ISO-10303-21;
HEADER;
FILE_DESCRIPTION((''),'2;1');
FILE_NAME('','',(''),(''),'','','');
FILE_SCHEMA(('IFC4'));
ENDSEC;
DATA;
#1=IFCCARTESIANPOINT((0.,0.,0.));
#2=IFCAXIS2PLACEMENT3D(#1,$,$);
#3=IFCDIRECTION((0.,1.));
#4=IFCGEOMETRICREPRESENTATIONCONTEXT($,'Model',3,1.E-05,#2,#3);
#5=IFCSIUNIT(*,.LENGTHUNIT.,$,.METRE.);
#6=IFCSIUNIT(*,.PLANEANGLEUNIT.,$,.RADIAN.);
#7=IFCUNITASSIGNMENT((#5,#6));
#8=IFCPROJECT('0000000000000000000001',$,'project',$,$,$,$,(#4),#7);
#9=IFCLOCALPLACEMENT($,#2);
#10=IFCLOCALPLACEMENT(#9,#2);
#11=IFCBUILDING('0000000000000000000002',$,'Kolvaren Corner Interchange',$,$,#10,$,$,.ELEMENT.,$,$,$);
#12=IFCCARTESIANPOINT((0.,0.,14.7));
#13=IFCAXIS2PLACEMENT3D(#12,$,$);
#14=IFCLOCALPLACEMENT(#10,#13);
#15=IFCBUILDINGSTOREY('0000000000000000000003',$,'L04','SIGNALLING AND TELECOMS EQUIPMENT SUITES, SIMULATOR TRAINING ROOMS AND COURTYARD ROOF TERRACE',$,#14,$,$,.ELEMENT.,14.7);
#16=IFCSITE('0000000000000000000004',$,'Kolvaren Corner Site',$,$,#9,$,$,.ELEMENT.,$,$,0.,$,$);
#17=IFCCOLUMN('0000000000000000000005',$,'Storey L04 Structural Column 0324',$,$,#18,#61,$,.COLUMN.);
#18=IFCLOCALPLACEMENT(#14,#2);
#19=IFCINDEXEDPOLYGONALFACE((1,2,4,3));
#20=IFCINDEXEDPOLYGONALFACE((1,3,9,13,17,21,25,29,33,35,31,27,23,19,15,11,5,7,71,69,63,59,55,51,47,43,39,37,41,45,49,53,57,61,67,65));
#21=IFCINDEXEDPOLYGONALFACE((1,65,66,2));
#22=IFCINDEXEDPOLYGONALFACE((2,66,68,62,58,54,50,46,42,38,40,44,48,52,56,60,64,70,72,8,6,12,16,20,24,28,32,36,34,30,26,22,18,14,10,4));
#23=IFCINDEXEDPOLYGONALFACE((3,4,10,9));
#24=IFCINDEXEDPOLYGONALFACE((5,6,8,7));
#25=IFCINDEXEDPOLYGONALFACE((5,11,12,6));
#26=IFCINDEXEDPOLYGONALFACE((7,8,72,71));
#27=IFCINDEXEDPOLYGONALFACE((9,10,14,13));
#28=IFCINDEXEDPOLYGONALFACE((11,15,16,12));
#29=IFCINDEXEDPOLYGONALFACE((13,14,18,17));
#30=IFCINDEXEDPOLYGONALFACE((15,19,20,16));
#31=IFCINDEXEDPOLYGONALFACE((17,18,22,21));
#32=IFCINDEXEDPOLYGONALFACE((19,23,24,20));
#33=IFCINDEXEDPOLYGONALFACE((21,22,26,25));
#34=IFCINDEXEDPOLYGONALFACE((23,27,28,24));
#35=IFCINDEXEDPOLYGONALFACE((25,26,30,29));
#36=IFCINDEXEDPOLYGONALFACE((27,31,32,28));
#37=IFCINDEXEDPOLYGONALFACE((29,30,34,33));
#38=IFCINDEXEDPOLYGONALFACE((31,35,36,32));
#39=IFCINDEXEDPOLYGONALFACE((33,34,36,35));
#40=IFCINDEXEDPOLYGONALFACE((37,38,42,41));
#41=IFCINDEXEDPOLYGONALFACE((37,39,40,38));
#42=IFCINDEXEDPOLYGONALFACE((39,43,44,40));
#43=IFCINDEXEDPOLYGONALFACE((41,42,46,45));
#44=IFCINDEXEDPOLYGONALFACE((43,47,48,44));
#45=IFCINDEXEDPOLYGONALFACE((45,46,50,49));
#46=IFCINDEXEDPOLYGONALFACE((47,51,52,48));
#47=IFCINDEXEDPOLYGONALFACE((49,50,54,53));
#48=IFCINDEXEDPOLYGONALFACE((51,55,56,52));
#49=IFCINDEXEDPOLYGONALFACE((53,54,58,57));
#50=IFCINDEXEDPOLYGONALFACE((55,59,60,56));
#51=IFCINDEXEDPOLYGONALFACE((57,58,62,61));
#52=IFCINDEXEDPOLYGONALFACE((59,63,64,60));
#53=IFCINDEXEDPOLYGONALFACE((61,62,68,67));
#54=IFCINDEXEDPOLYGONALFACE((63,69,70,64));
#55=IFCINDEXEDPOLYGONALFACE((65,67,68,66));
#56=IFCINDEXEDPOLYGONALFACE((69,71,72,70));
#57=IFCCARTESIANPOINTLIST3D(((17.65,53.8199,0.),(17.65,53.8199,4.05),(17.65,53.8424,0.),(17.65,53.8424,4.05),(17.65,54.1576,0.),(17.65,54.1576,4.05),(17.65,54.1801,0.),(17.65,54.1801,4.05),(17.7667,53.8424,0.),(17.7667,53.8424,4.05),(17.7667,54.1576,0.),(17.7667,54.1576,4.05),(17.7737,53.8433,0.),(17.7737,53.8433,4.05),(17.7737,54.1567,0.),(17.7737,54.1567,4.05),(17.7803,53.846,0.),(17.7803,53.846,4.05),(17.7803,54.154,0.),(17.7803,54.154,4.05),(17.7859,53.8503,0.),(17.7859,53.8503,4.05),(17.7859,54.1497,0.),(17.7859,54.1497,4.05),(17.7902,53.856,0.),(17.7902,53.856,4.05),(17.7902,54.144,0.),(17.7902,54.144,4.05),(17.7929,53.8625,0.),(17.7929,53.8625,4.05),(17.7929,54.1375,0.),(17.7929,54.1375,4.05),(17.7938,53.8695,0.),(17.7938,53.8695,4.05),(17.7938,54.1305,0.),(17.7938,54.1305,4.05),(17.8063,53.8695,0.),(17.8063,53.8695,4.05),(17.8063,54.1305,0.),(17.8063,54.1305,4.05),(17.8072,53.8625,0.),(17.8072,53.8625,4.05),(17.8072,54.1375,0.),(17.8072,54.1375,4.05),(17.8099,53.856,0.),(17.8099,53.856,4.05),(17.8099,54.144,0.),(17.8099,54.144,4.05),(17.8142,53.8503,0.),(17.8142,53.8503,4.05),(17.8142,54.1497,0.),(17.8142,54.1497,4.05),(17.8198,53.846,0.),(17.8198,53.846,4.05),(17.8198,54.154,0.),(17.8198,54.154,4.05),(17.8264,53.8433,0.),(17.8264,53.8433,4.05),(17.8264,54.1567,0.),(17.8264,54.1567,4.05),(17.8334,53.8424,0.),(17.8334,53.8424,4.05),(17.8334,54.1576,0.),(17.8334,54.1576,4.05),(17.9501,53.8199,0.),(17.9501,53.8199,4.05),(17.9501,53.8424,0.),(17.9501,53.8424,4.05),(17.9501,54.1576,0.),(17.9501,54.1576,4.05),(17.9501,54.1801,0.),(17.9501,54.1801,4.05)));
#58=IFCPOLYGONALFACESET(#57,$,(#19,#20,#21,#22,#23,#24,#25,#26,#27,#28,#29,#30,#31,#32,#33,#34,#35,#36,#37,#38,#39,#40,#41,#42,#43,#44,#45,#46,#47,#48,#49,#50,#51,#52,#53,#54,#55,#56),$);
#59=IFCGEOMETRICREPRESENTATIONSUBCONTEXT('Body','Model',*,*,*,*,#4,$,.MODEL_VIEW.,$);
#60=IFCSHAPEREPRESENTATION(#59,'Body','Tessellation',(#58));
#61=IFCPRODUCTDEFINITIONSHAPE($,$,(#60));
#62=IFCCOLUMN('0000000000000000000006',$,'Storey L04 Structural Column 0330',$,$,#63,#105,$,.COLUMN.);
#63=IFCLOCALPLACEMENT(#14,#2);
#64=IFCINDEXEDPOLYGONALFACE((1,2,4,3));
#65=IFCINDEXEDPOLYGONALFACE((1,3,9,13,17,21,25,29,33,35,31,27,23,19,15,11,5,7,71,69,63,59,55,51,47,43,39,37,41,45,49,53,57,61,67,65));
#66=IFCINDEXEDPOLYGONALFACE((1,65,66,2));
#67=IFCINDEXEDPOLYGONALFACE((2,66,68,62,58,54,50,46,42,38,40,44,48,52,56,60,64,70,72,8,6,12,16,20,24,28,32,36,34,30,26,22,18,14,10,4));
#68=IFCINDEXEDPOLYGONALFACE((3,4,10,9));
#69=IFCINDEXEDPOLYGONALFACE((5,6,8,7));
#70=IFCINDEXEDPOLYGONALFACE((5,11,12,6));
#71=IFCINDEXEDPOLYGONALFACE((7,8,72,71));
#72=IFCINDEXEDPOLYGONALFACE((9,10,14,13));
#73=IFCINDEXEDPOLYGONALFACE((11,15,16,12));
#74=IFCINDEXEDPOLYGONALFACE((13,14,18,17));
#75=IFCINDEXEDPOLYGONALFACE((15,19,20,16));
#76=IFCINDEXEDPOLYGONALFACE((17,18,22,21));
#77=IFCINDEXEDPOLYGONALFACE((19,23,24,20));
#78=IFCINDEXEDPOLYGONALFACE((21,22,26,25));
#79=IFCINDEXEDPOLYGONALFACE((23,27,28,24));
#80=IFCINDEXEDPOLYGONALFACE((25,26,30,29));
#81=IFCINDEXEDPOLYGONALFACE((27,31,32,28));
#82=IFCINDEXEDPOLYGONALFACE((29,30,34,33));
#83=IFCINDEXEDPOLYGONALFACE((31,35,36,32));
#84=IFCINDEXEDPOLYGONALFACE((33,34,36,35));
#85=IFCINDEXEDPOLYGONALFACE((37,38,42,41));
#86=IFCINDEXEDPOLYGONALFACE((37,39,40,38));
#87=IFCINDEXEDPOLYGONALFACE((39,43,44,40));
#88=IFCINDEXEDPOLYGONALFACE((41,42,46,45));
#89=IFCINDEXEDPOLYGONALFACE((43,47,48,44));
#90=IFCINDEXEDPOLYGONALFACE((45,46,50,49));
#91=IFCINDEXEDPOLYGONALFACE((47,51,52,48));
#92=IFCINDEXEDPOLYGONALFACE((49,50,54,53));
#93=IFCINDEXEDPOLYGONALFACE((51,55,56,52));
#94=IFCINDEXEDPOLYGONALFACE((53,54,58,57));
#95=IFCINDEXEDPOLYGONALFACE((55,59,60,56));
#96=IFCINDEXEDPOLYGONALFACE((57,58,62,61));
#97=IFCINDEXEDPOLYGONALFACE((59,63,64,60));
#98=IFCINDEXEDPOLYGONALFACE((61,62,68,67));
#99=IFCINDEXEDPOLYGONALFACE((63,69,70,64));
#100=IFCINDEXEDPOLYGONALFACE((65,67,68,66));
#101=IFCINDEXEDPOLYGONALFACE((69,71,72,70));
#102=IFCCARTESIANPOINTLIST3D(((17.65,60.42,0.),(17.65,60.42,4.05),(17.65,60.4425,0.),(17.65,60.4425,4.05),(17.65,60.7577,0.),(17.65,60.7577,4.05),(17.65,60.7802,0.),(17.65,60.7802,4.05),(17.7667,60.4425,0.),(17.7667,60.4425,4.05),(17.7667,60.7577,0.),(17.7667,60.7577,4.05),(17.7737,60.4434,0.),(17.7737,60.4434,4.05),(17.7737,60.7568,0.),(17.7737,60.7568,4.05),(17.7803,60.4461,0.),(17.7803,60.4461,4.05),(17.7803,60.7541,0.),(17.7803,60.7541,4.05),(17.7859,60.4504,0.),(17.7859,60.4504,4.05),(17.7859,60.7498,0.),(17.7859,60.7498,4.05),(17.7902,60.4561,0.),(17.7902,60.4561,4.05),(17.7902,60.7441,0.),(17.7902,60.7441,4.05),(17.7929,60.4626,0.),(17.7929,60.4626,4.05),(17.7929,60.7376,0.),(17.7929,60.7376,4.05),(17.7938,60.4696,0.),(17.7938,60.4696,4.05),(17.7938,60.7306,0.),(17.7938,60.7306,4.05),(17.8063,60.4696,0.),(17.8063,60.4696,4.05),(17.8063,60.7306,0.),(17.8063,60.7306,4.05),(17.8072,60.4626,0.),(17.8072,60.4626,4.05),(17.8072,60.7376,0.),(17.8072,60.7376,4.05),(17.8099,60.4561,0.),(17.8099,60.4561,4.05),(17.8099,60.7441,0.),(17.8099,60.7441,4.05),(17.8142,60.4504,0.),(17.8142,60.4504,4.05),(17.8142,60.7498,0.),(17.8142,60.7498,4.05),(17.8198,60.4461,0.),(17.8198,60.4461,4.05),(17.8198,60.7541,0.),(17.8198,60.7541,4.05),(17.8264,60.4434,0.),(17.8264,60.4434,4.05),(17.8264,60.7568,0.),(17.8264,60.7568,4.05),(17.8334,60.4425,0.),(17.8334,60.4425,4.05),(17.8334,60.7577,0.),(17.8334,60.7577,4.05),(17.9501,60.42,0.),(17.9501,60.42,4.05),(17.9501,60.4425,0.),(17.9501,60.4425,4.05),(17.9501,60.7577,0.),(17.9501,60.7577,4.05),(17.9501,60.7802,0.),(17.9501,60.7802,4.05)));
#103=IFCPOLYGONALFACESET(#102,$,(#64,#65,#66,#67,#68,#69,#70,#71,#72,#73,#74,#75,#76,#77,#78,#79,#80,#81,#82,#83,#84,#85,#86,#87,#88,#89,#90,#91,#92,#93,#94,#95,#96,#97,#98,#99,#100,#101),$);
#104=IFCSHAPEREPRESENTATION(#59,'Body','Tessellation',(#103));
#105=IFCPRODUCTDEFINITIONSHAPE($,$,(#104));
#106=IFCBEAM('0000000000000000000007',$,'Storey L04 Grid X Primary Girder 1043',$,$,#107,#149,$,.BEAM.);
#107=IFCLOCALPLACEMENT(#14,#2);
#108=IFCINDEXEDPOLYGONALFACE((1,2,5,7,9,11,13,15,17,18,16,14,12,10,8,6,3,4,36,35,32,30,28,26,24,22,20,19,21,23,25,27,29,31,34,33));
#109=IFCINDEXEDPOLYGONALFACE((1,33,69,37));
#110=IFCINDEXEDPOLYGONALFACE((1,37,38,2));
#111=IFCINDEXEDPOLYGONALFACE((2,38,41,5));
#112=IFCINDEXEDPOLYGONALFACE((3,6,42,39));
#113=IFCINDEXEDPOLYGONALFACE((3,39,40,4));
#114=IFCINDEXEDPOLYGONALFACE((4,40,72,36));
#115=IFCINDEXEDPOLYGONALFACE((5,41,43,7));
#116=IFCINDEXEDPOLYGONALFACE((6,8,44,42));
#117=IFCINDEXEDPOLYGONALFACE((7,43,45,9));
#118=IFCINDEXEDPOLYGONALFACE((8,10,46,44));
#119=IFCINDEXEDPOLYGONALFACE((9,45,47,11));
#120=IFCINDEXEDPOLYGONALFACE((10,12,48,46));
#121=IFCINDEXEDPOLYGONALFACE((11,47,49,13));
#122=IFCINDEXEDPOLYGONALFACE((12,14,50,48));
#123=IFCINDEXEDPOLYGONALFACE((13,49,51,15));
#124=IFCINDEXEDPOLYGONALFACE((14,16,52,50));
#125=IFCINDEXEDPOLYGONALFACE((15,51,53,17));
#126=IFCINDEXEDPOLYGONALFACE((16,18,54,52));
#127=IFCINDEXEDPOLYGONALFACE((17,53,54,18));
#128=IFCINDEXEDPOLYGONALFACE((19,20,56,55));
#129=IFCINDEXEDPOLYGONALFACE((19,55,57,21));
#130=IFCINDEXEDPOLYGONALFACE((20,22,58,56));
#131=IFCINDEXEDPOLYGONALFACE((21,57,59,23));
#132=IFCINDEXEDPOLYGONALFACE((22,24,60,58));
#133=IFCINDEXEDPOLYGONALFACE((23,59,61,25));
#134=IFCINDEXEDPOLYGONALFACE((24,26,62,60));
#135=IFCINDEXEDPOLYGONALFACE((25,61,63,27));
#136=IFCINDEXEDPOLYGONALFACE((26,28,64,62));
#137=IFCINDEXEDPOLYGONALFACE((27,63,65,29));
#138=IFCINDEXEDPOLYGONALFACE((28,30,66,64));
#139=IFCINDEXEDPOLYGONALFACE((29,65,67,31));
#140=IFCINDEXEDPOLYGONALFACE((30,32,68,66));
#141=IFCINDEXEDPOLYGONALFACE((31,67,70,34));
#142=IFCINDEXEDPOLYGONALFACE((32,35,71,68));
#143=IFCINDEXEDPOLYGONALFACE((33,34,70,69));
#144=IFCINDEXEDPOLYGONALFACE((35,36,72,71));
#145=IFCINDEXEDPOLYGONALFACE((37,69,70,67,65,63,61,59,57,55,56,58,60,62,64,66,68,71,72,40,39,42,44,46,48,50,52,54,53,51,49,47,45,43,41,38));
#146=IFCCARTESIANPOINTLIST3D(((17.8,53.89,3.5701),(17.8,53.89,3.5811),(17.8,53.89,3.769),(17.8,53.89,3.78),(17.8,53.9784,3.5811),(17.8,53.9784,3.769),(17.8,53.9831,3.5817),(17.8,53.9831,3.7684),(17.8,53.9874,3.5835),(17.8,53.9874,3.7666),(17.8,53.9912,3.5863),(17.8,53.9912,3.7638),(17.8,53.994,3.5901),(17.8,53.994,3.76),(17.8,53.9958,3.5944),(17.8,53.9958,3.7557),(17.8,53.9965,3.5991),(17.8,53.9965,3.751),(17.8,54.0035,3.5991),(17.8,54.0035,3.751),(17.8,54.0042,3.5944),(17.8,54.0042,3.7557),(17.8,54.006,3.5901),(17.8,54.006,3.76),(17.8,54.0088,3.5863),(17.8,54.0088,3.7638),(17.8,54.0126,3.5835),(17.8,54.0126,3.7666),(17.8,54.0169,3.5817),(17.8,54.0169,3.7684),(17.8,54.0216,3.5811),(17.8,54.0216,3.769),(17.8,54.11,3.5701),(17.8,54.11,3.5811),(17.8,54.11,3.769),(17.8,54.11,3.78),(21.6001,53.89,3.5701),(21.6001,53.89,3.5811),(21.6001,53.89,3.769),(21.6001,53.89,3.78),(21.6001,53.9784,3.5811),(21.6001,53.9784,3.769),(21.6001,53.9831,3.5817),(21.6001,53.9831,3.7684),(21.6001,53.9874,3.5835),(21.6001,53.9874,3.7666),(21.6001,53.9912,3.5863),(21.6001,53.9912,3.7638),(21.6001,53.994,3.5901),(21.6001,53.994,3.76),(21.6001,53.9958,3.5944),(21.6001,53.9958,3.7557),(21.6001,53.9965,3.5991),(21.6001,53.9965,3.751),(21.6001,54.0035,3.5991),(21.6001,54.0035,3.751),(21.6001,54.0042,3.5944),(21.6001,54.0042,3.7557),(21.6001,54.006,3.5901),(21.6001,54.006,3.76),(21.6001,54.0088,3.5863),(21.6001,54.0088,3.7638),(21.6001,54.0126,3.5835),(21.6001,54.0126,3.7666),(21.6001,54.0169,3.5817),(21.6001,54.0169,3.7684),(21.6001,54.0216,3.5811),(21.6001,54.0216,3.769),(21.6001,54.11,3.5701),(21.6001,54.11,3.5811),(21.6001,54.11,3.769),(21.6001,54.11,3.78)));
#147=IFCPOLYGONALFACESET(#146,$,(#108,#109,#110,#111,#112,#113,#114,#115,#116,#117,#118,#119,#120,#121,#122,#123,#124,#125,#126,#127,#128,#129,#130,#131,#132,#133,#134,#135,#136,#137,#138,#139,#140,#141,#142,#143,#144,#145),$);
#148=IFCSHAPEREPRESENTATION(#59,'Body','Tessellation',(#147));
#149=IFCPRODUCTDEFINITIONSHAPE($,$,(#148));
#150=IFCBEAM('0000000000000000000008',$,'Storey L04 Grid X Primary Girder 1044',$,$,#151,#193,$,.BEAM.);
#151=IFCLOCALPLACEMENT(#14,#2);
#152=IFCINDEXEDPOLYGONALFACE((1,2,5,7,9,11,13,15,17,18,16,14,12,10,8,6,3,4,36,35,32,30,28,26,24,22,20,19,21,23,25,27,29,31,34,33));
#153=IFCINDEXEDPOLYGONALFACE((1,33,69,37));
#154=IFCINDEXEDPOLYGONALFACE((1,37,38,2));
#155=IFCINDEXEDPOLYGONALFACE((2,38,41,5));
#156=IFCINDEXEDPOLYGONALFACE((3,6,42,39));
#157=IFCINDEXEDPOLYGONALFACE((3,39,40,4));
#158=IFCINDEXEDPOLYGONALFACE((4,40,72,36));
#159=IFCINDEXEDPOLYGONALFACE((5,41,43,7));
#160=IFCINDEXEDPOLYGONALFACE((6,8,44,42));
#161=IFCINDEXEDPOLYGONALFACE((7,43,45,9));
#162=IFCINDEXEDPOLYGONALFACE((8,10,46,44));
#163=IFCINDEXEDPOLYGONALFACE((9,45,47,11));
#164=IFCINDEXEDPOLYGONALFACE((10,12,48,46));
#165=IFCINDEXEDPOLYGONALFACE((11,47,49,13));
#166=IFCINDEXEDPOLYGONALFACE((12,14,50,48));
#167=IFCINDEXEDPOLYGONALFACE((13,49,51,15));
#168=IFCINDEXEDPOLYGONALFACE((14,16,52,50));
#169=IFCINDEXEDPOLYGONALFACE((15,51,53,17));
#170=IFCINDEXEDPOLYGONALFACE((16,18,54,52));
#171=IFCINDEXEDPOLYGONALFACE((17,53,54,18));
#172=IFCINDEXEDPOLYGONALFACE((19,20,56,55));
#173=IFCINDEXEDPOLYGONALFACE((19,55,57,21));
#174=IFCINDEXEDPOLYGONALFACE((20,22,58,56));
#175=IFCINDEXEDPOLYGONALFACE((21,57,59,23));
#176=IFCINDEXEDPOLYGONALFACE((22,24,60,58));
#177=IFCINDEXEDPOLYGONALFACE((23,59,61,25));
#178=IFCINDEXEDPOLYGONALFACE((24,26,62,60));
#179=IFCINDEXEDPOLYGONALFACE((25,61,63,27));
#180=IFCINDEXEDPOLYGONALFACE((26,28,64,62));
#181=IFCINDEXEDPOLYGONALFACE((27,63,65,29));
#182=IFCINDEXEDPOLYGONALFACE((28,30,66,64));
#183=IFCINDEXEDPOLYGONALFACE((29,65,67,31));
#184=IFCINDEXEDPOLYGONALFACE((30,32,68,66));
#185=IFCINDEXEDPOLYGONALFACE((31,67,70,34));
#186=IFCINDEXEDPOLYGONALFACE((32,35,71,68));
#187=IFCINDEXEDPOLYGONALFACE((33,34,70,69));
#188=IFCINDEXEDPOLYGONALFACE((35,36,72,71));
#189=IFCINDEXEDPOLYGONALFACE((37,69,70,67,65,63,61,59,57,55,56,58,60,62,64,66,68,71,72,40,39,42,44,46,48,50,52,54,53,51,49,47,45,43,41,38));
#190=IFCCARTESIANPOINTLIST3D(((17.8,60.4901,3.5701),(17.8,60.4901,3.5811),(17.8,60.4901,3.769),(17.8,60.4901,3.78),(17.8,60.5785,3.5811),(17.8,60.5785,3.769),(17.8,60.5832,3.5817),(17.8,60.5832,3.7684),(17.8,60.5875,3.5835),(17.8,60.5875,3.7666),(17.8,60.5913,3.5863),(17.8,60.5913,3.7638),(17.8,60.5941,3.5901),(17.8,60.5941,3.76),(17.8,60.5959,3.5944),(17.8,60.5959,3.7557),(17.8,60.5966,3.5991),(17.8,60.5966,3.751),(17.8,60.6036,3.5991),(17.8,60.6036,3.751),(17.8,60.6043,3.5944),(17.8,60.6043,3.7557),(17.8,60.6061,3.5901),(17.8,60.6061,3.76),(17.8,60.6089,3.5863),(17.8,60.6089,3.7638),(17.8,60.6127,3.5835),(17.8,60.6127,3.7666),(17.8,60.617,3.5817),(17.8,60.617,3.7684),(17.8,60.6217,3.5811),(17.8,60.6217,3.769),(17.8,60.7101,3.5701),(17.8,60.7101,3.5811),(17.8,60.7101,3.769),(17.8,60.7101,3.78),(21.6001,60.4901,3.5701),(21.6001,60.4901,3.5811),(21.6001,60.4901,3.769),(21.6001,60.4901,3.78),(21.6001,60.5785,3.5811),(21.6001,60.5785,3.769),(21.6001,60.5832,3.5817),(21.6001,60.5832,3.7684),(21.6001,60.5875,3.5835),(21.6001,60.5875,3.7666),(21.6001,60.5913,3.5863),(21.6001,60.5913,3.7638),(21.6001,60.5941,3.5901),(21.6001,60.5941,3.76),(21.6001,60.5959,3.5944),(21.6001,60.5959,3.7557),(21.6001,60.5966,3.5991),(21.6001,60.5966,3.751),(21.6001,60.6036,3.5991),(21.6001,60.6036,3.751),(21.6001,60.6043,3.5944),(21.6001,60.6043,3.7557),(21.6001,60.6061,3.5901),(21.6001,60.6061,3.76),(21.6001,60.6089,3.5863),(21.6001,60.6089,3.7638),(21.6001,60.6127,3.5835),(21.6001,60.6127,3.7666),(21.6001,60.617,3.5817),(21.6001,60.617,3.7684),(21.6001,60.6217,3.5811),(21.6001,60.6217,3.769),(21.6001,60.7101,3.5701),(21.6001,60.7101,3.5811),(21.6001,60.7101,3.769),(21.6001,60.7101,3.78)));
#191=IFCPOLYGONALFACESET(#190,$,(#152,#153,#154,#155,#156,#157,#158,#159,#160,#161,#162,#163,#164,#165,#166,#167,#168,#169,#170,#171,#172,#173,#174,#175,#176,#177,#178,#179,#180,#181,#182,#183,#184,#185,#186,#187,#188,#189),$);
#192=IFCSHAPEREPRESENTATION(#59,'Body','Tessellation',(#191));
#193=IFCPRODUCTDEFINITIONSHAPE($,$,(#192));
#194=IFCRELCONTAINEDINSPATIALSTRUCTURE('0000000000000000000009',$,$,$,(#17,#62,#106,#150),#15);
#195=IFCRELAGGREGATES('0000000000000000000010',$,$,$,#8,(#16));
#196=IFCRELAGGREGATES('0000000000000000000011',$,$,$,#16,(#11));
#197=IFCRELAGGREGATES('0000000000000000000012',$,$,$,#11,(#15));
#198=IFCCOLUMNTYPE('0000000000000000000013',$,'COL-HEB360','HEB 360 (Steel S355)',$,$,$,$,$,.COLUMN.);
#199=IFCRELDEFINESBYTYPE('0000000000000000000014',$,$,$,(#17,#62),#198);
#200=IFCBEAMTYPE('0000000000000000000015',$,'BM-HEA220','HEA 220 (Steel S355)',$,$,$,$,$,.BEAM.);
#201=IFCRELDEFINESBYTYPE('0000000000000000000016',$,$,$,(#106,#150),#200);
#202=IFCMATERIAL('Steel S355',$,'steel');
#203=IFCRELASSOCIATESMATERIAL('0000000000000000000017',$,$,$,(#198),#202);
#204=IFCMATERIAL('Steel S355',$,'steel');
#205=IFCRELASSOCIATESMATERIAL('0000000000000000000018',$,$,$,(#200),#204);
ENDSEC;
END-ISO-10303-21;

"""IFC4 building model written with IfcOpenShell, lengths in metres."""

from ifc_helpers import new_model, si_unit, direction, frame, origin, origin_2d, place, context, subcontext, project, spatial, i_section, extrude, material, material_profile, profile_set, type_object, element, save


model = new_model("IFC4")

# Units and contexts
model_context = context("Model", 3, precision=1e-05, world=origin(), true_north=direction((0.0, 1.0)))
body_context = subcontext(model_context, "Body", "Model", "MODEL_VIEW")
ifc_project = project(units=[si_unit("LENGTHUNIT", "METRE"), si_unit("PLANEANGLEUNIT", "RADIAN")], contexts=[model_context])

# Site, building, storey
site_placement = place(None, origin())
site = spatial("IfcSite", under=ifc_project, at=site_placement, Name="Kolvaren Corner Site", CompositionType="ELEMENT", RefElevation=0.0)
building_placement = place(site_placement, origin())
building = spatial("IfcBuilding", under=site, at=building_placement, Name="Kolvaren Corner Interchange", CompositionType="ELEMENT")
storey_placement = place(building_placement, frame((0.0, 0.0, 14.7)))
storey = spatial("IfcBuildingStorey", under=building, at=storey_placement, Name="L04", Description="SIGNALLING AND TELECOMS EQUIPMENT SUITES, SIMULATOR TRAINING ROOMS AND COURTYARD ROOF TERRACE", CompositionType="ELEMENT", Elevation=14.7)

# Columns
ifc_material_1 = material(Name="Steel S355", Category="steel")
ifc_material_profile_1 = material_profile(ifc_material_1, i_section(OverallWidth=0.3, OverallDepth=0.3601, WebThickness=0.0125, FlangeThickness=0.0225, FilletRadius=0.0271, at=origin_2d()), Name="HEB 360")
ifc_profile_set_1 = profile_set([ifc_material_profile_1], Name="Steel S355")
column_type = type_object("IfcColumnType", Name="COL-HEB360", Description="HEB 360 (Steel S355)", PredefinedType="COLUMN", material=ifc_profile_set_1)
for number, where, z_axis, x_axis, name in (
    (1, (17.8, 54.0, 0.0), (0.0, 0.0, 1.0), (1.0, 0.0, 0.0), "Storey L04 Structural Column 0324"),
    (2, (17.8, 60.6001, 0.0), (0.0, 0.0, 1.0), (1.0, 0.0, 0.0), "Storey L04 Structural Column 0330"),
):
    element("IfcColumn", number, at=place(storey_placement, frame(where, z_axis=z_axis, x_axis=x_axis)), inside=storey, type_object=column_type, Name=name, PredefinedType="COLUMN", context=body_context, shape_type="SweptSolid", body=[
        extrude(i_section(OverallWidth=0.3, OverallDepth=0.3601, WebThickness=0.0125, FlangeThickness=0.0225, FilletRadius=0.0271, at=origin_2d()), origin(), (0.0, 0.0, 1.0), 4.05),
    ])

# Beams
ifc_material_2 = material(Name="Steel S355", Category="steel")
ifc_material_profile_2 = material_profile(ifc_material_2, i_section(OverallWidth=0.22, OverallDepth=0.21, WebThickness=0.0071, FlangeThickness=0.011, FilletRadius=0.0181, at=origin_2d()), Name="HEA 220")
ifc_profile_set_2 = profile_set([ifc_material_profile_2], Name="Steel S355")
beam_type_1 = type_object("IfcBeamType", Name="BM-HEA220", Description="HEA 220 (Steel S355)", PredefinedType="BEAM", material=ifc_profile_set_2)
for number, where, z_axis, x_axis, name in (
    (3, (17.8, 54.0, 3.675), (1.0, 0.0, 0.0), (0.0, 1.0, 0.0), "Storey L04 Grid X Primary Girder 1043"),
    (4, (17.8, 60.6001, 3.675), (1.0, 0.0, 0.0), (0.0, 1.0, 0.0), "Storey L04 Grid X Primary Girder 1044"),
):
    element("IfcBeam", number, at=place(storey_placement, frame(where, z_axis=z_axis, x_axis=x_axis)), inside=storey, type_object=beam_type_1, Name=name, PredefinedType="BEAM", context=body_context, shape_type="SweptSolid", body=[
        extrude(i_section(OverallWidth=0.22, OverallDepth=0.21, WebThickness=0.0071, FlangeThickness=0.011, FilletRadius=0.0181, at=origin_2d()), origin(), (0.0, 0.0, 1.0), 3.8),
    ])

save(model, "model.ifc")
